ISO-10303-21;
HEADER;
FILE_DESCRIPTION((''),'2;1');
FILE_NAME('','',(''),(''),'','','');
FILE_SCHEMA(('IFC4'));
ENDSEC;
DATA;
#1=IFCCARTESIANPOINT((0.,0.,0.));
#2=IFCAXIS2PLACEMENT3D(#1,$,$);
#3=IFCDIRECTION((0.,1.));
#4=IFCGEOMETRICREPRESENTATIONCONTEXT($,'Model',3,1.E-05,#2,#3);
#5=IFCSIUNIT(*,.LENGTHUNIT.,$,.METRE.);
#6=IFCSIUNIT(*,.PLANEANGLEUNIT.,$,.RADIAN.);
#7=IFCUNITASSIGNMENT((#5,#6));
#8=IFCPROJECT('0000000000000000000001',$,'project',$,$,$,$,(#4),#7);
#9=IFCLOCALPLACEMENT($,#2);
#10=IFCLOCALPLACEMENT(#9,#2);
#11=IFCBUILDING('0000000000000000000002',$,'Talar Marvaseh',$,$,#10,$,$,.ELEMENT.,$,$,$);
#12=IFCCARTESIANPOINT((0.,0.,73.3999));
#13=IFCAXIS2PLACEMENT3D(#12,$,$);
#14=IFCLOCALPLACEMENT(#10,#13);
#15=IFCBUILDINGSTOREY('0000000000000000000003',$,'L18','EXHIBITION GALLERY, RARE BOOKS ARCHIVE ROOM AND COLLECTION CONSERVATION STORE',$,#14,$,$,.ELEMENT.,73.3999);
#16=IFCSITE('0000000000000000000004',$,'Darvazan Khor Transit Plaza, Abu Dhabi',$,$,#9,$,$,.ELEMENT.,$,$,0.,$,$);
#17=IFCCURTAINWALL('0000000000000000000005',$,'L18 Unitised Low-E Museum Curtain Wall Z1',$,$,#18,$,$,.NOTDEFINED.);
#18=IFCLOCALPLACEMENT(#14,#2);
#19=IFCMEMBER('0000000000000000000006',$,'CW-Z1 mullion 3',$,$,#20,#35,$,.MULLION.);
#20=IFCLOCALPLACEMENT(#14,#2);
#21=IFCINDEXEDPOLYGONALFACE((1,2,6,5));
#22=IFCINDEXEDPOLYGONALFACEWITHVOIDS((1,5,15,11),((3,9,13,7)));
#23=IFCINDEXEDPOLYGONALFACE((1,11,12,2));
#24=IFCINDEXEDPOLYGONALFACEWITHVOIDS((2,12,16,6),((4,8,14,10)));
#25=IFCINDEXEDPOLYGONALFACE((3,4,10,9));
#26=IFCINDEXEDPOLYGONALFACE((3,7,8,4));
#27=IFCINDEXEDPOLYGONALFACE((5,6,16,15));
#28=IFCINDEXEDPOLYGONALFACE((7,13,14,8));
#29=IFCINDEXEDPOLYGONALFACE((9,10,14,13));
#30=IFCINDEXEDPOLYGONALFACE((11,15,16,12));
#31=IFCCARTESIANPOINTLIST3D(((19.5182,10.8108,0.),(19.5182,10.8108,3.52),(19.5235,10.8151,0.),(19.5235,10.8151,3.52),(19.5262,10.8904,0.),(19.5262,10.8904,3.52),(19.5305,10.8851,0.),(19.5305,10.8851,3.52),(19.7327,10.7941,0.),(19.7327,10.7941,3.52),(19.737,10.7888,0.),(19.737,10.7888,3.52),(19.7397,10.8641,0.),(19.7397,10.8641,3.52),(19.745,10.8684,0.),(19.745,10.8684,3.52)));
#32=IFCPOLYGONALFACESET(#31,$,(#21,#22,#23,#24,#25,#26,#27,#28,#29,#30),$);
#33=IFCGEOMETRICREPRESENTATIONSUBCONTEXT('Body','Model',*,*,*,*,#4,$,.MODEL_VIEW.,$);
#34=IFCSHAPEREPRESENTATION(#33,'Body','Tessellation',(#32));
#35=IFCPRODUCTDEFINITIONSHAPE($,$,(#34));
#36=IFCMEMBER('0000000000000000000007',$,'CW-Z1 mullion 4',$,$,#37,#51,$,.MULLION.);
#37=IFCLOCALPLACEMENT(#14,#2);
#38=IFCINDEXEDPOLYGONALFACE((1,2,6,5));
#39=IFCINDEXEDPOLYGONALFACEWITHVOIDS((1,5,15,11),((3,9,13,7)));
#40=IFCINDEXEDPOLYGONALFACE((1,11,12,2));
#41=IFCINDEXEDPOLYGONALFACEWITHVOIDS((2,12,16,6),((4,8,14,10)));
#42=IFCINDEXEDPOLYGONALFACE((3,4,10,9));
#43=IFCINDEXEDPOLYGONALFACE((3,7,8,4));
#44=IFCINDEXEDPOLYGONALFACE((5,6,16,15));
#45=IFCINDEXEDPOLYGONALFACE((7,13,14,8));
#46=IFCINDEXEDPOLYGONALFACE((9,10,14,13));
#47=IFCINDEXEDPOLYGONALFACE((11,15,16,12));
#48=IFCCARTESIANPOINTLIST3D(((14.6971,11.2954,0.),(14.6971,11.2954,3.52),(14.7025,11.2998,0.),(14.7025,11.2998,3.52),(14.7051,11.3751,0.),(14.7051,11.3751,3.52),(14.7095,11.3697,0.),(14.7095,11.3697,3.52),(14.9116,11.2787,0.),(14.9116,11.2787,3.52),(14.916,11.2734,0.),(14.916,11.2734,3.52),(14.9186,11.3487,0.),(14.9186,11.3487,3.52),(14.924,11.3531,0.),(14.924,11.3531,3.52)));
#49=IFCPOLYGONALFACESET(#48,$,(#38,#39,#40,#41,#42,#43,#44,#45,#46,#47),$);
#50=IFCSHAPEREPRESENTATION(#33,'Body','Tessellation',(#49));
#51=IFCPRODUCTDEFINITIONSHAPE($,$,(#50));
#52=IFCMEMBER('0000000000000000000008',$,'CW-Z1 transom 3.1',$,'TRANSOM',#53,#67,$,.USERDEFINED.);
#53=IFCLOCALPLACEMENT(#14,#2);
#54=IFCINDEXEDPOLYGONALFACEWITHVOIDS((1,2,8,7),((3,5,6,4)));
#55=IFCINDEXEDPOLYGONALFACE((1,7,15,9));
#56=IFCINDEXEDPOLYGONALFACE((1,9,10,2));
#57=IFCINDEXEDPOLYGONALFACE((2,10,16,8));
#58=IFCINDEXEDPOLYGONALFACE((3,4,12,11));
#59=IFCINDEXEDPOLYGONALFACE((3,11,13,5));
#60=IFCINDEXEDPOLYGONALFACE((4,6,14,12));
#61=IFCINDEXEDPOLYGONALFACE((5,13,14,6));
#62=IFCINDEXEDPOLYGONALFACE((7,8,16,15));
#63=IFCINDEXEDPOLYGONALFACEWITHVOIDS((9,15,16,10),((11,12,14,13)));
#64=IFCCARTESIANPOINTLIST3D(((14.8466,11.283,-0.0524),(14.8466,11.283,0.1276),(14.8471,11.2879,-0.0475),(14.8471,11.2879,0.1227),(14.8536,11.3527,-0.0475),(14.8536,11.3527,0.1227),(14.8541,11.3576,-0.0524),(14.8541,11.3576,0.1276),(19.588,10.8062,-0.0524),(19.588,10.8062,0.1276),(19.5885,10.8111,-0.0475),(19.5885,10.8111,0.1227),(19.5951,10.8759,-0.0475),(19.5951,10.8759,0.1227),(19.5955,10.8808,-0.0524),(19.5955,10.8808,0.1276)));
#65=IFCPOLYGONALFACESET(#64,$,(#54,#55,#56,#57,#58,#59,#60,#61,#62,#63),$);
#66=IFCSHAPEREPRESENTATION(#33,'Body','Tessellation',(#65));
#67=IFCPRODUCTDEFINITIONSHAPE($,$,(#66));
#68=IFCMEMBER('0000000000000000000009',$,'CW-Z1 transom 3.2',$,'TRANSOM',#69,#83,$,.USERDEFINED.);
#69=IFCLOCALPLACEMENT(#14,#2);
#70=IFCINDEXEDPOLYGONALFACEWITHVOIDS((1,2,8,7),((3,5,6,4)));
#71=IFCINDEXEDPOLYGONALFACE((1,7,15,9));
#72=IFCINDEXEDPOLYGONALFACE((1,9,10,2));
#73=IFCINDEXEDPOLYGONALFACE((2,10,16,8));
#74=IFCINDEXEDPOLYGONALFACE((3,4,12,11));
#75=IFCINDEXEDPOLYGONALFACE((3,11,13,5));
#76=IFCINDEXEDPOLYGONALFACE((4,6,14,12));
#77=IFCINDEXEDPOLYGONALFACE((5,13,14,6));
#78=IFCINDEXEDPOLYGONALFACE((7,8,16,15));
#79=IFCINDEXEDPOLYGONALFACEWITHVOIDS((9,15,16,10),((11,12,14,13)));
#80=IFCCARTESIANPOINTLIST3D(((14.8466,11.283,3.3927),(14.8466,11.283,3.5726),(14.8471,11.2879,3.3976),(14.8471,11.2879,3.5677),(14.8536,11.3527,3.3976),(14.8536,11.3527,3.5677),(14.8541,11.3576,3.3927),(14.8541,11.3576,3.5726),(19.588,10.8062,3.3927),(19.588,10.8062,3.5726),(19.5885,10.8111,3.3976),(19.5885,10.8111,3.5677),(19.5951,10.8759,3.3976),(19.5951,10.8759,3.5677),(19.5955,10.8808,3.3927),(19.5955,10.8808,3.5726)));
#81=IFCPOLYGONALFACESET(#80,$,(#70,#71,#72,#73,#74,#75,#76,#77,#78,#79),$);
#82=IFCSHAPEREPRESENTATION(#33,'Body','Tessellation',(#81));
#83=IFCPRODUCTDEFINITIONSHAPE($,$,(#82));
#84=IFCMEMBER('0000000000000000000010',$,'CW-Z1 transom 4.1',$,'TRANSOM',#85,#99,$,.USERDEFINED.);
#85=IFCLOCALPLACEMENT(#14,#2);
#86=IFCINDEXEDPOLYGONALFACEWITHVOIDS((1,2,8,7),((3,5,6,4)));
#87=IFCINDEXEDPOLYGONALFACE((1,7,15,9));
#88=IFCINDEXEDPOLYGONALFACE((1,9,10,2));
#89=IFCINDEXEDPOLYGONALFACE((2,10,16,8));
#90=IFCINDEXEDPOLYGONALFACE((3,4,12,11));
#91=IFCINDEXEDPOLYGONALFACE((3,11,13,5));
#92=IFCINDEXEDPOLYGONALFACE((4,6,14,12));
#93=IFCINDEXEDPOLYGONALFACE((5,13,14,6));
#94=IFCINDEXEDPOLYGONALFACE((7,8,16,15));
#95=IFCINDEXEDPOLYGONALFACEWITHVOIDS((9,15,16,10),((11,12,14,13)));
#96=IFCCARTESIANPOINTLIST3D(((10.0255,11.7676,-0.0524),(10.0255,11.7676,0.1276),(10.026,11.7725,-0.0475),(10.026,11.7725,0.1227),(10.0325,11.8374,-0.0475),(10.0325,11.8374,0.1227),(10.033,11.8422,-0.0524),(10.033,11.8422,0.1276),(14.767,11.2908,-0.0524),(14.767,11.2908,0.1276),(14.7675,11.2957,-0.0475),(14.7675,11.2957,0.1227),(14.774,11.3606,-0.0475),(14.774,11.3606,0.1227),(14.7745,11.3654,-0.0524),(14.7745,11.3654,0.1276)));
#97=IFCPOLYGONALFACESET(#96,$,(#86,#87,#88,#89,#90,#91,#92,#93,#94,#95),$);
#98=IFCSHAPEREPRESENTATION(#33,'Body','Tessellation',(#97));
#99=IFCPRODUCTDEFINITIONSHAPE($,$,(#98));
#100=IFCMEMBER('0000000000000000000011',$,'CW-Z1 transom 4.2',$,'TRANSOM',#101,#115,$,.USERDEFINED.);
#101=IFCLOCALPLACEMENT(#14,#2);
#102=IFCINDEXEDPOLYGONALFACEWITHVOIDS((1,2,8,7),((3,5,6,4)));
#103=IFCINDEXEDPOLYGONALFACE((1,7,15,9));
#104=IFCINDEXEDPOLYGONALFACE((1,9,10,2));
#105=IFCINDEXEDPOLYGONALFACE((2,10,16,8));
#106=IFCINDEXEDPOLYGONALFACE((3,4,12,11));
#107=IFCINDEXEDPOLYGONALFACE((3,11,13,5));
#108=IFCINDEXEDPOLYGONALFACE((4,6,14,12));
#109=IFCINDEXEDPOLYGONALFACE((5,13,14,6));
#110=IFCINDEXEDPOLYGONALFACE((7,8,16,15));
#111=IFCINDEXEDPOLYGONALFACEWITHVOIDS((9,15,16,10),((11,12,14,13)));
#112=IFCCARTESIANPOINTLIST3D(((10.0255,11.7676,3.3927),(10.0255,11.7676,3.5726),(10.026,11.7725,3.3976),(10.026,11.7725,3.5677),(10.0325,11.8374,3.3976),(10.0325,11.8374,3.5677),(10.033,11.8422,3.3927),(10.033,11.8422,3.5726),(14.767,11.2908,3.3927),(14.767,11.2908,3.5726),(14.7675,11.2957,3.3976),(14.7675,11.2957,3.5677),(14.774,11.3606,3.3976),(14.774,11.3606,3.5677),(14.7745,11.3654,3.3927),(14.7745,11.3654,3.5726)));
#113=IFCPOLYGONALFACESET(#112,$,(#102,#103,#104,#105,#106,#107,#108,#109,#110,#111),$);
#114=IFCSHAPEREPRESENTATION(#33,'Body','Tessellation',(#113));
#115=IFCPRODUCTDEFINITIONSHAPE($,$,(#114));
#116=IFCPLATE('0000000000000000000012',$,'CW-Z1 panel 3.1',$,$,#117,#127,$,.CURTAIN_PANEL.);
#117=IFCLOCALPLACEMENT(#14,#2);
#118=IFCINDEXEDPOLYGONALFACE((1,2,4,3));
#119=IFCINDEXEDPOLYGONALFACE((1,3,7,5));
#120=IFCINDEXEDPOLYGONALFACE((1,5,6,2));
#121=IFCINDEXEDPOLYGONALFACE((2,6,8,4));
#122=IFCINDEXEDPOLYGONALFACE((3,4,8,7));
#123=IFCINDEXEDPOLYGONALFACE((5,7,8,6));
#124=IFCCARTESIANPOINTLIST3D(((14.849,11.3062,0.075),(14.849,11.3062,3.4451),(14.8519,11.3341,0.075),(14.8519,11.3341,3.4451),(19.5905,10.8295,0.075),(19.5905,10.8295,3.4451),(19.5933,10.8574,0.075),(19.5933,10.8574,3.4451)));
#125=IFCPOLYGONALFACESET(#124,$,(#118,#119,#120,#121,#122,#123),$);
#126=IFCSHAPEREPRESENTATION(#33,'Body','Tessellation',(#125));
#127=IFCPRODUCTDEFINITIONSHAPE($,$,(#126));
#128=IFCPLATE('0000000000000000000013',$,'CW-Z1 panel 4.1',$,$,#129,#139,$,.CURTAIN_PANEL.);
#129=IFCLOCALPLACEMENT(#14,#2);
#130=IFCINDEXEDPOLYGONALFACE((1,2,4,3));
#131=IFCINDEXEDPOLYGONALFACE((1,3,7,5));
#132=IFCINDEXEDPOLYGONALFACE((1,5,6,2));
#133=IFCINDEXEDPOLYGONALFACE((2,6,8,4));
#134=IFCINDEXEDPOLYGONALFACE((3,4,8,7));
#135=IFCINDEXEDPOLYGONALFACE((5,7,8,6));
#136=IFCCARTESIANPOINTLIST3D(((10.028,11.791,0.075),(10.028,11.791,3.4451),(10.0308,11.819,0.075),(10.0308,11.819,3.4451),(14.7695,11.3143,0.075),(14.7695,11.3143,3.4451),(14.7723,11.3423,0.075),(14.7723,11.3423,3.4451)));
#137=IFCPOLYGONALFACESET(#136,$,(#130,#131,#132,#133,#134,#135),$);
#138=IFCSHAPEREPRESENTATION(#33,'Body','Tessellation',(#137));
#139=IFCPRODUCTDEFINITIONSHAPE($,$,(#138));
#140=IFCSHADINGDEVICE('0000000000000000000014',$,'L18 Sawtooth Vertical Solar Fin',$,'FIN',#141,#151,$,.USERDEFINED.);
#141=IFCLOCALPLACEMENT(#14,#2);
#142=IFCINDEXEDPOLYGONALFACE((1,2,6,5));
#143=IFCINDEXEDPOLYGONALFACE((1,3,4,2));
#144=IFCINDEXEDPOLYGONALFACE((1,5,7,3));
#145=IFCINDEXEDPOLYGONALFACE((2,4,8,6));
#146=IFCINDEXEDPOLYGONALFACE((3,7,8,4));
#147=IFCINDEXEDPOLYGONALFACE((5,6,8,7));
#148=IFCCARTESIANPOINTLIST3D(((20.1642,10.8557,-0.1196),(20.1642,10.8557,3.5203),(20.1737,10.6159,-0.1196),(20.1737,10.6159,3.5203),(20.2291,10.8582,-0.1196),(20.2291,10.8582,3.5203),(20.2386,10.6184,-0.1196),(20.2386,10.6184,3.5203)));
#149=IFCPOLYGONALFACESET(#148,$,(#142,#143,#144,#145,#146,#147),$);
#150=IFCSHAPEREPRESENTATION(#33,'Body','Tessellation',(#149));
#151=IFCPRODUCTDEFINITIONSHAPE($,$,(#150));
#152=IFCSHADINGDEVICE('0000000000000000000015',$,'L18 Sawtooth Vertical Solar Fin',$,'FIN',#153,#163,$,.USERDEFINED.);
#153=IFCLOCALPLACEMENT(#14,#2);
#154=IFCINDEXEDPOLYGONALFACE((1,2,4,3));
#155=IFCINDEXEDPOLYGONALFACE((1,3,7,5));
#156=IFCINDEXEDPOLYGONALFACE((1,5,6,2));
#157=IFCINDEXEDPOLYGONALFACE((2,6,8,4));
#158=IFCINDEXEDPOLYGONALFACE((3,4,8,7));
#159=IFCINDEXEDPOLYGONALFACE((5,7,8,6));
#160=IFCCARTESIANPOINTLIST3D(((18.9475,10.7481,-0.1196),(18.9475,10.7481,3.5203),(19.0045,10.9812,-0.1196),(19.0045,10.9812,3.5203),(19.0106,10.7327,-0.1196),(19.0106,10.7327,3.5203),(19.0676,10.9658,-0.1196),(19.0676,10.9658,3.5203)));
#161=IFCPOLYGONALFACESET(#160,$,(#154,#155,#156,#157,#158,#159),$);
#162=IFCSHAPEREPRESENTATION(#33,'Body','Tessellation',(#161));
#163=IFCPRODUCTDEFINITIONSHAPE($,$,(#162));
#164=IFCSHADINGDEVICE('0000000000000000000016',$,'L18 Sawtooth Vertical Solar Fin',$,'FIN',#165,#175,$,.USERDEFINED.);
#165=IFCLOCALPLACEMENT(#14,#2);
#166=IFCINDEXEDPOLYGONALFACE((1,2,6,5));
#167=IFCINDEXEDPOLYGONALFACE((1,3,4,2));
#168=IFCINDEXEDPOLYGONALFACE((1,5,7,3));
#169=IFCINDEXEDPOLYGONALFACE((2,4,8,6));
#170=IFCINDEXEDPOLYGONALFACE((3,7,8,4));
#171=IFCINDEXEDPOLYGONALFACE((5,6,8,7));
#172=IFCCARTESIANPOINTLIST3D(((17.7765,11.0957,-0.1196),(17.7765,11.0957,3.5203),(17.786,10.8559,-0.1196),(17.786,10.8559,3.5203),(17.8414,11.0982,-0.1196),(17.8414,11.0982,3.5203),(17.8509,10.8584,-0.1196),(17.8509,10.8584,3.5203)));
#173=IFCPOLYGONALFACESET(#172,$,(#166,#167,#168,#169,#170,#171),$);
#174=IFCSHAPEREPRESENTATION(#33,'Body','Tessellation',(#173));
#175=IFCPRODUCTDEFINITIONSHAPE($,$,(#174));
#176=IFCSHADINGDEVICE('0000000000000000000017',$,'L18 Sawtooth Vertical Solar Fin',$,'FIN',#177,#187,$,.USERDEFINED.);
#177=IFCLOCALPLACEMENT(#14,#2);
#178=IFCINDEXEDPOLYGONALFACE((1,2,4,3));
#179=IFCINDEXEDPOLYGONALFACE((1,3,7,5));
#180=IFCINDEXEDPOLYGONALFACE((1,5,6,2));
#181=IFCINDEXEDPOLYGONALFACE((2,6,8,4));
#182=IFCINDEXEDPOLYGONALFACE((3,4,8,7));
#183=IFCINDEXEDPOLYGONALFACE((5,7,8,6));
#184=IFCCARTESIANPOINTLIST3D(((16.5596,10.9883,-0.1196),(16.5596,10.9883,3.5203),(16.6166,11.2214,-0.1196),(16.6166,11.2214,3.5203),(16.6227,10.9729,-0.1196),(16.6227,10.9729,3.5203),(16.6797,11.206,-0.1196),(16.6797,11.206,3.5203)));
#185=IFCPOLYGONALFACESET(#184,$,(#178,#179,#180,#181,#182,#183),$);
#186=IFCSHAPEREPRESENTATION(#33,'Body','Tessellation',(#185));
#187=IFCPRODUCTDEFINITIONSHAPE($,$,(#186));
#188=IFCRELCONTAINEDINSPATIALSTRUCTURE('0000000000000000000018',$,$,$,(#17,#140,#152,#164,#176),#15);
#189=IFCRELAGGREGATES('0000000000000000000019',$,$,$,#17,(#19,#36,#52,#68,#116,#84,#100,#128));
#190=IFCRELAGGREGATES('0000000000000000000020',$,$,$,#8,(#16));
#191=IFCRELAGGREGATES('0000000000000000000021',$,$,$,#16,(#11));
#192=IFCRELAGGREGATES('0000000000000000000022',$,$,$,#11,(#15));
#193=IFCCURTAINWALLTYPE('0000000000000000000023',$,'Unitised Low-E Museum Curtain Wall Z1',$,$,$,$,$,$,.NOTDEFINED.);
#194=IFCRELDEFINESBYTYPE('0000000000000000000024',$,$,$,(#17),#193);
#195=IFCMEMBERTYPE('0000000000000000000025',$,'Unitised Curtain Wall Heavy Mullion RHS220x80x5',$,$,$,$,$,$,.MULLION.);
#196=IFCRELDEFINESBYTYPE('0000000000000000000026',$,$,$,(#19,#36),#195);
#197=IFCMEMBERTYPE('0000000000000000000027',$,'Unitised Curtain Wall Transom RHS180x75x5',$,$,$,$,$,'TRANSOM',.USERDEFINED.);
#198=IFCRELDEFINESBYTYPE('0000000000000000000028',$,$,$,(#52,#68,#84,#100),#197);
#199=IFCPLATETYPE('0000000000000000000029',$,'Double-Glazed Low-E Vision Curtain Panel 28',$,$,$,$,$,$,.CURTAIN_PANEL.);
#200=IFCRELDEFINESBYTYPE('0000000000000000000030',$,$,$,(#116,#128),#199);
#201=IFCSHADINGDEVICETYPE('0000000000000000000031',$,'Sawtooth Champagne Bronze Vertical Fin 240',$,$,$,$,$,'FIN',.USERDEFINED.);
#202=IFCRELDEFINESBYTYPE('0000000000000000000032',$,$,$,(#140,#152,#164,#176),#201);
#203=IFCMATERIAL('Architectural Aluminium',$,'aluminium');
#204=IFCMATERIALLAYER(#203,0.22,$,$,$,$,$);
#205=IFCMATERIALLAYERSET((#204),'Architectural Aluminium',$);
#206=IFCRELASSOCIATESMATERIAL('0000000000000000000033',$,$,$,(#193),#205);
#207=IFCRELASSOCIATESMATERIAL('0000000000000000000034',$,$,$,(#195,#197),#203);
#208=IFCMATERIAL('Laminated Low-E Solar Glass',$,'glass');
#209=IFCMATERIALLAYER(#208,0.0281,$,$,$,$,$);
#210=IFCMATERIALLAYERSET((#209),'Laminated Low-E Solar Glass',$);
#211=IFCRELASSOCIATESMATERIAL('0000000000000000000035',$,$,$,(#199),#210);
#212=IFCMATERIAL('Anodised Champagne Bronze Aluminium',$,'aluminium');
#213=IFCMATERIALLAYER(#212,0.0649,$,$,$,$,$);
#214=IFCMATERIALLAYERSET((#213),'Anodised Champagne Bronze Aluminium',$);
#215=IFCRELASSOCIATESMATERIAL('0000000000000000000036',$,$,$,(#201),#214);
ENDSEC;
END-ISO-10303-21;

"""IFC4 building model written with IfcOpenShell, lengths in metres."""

from ifc_helpers import new_model, si_unit, direction, frame, origin, origin_2d, place, context, subcontext, project, spatial, rectangle, hollow_rectangle, extrude, source, transform, mapped, material, layer, layer_set, material_profile, profile_set, type_object, type_shapes, element, aggregate, save


model = new_model("IFC4")

# Units and contexts
model_context = context("Model", 3, precision=1e-05, world=origin(), true_north=direction((0.0, 1.0)))
body_context = subcontext(model_context, "Body", "Model", "MODEL_VIEW")
ifc_project = project(units=[si_unit("LENGTHUNIT", "METRE"), si_unit("PLANEANGLEUNIT", "RADIAN")], contexts=[model_context])

# Site, building, storey
site_placement = place(None, origin())
site = spatial("IfcSite", under=ifc_project, at=site_placement, Name="Darvazan Khor Transit Plaza, Abu Dhabi", CompositionType="ELEMENT", RefElevation=0.0)
building_placement = place(site_placement, origin())
building = spatial("IfcBuilding", under=site, at=building_placement, Name="Talar Marvaseh", CompositionType="ELEMENT")
storey_placement = place(building_placement, frame((0.0, 0.0, 73.3999)))
storey = spatial("IfcBuildingStorey", under=building, at=storey_placement, Name="L18", Description="EXHIBITION GALLERY, RARE BOOKS ARCHIVE ROOM AND COLLECTION CONSERVATION STORE", CompositionType="ELEMENT", Elevation=73.3999)

# Curtain wall, members, plates
ifc_material_1 = material(Name="Architectural Aluminium", Category="aluminium")
ifc_layer_1 = layer(ifc_material_1, 0.22)
ifc_layer_set_1 = layer_set([ifc_layer_1], Name="Architectural Aluminium")
curtain_wall_type = type_object("IfcCurtainWallType", Name="Unitised Low-E Museum Curtain Wall Z1", PredefinedType="NOTDEFINED", material=ifc_layer_set_1)
curtain_wall_placement = place(storey_placement, origin())
curtain_wall = element("IfcCurtainWall", 1, at=curtain_wall_placement, inside=storey, type_object=curtain_wall_type, Name="L18 Unitised Low-E Museum Curtain Wall Z1", PredefinedType="NOTDEFINED")
ifc_material_profile_1 = material_profile(ifc_material_1, hollow_rectangle(XDim=0.0801, YDim=0.22, WallThickness=0.0049, at=origin_2d()), Name="RHS220x80x5")
ifc_profile_set_1 = profile_set([ifc_material_profile_1], Name="Architectural Aluminium")
member_type_1 = type_object("IfcMemberType", Name="Unitised Curtain Wall Heavy Mullion RHS220x80x5", PredefinedType="MULLION", material=ifc_profile_set_1)
shared_shape_1 = source(origin(), body_context, "Body", "SweptSolid", [
    extrude(hollow_rectangle(XDim=0.0801, YDim=0.22, WallThickness=0.0049, at=origin_2d()), origin(), (0.0, 0.0, 1.0), 3.52),
])
type_shapes(member_type_1, [shared_shape_1])
member_1_placement = place(storey_placement, frame((19.6316, 10.8396, 0.0), z_axis=(0.0, 0.0, 1.0), x_axis=(-0.100034, -0.994984, 0.0)))
member_1 = element("IfcMember", 2, at=member_1_placement, type_object=member_type_1, Name="CW-Z1 mullion 3", PredefinedType="MULLION", context=body_context, shape_type="MappedRepresentation", body=[
    mapped(shared_shape_1, transform((0.0, 0.0, 0.0), x_axis=(1.0, 0.0, 0.0), y_axis=(0.0, 1.0, 0.0), z_axis=(0.0, 0.0, 1.0), scale=1.0)),
])
member_2_placement = place(storey_placement, frame((14.8105, 11.3242, 0.0), z_axis=(0.0, 0.0, 1.0), x_axis=(-0.100034, -0.994984, 0.0)))
member_2 = element("IfcMember", 3, at=member_2_placement, type_object=member_type_1, Name="CW-Z1 mullion 4", PredefinedType="MULLION", context=body_context, shape_type="MappedRepresentation", body=[
    mapped(shared_shape_1, transform((0.0, 0.0, 0.0), x_axis=(1.0, 0.0, 0.0), y_axis=(0.0, 1.0, 0.0), z_axis=(0.0, 0.0, 1.0), scale=1.0)),
])
ifc_material_profile_2 = material_profile(ifc_material_1, hollow_rectangle(XDim=0.075, YDim=0.1799, WallThickness=0.0049, at=origin_2d()), Name="RHS180x75x5")
ifc_profile_set_2 = profile_set([ifc_material_profile_2], Name="Architectural Aluminium")
member_type_2 = type_object("IfcMemberType", Name="Unitised Curtain Wall Transom RHS180x75x5", ElementType="TRANSOM", PredefinedType="USERDEFINED", material=ifc_profile_set_2)
shared_shape_2 = source(origin(), body_context, "Body", "SweptSolid", [
    extrude(hollow_rectangle(XDim=0.075, YDim=0.1799, WallThickness=0.0049, at=origin_2d()), origin(), (0.0, 0.0, 1.0), 4.7654),
])
type_shapes(member_type_2, [shared_shape_2])
member_3_placement = place(storey_placement, frame((19.5918, 10.8435, 0.0376), z_axis=(-0.994982, 0.100057, 0.0), x_axis=(-0.100057, -0.994982, 0.0)))
member_3 = element("IfcMember", 4, at=member_3_placement, type_object=member_type_2, Name="CW-Z1 transom 3.1", ObjectType="TRANSOM", PredefinedType="USERDEFINED", context=body_context, shape_type="MappedRepresentation", body=[
    mapped(shared_shape_2, transform((0.0, 0.0, 0.0), x_axis=(1.0, 0.0, 0.0), y_axis=(0.0, 1.0, 0.0), z_axis=(0.0, 0.0, 1.0), scale=1.0)),
])
member_4_placement = place(storey_placement, frame((19.5918, 10.8435, 3.4827), z_axis=(-0.994982, 0.100057, 0.0), x_axis=(-0.100057, -0.994982, 0.0)))
member_4 = element("IfcMember", 5, at=member_4_placement, type_object=member_type_2, Name="CW-Z1 transom 3.2", ObjectType="TRANSOM", PredefinedType="USERDEFINED", context=body_context, shape_type="MappedRepresentation", body=[
    mapped(shared_shape_2, transform((0.0, 0.0, 0.0), x_axis=(1.0, 0.0, 0.0), y_axis=(0.0, 1.0, 0.0), z_axis=(0.0, 0.0, 1.0), scale=1.0)),
])
member_5_placement = place(storey_placement, frame((14.7708, 11.3281, 0.0376), z_axis=(-0.994982, 0.100057, 0.0), x_axis=(-0.100057, -0.994982, 0.0)))
member_5 = element("IfcMember", 6, at=member_5_placement, type_object=member_type_2, Name="CW-Z1 transom 4.1", ObjectType="TRANSOM", PredefinedType="USERDEFINED", context=body_context, shape_type="MappedRepresentation", body=[
    mapped(shared_shape_2, transform((0.0, 0.0, 0.0), x_axis=(1.0, 0.0, 0.0), y_axis=(0.0, 1.0, 0.0), z_axis=(0.0, 0.0, 1.0), scale=1.0)),
])
member_6_placement = place(storey_placement, frame((14.7708, 11.3281, 3.4827), z_axis=(-0.994982, 0.100057, 0.0), x_axis=(-0.100057, -0.994982, 0.0)))
member_6 = element("IfcMember", 7, at=member_6_placement, type_object=member_type_2, Name="CW-Z1 transom 4.2", ObjectType="TRANSOM", PredefinedType="USERDEFINED", context=body_context, shape_type="MappedRepresentation", body=[
    mapped(shared_shape_2, transform((0.0, 0.0, 0.0), x_axis=(1.0, 0.0, 0.0), y_axis=(0.0, 1.0, 0.0), z_axis=(0.0, 0.0, 1.0), scale=1.0)),
])
ifc_material_2 = material(Name="Laminated Low-E Solar Glass", Category="glass")
ifc_layer_2 = layer(ifc_material_2, 0.0281)
ifc_layer_set_2 = layer_set([ifc_layer_2], Name="Laminated Low-E Solar Glass")
plate_type = type_object("IfcPlateType", Name="Double-Glazed Low-E Vision Curtain Panel 28", PredefinedType="CURTAIN_PANEL", material=ifc_layer_set_2)
shared_shape_3 = source(origin(), body_context, "Body", "SweptSolid", [
    extrude(rectangle(XDim=4.7654, YDim=0.0281, at=origin_2d()), origin(), (0.0, 0.0, 1.0), 3.3701),
])
type_shapes(plate_type, [shared_shape_3])
plate_1_placement = place(storey_placement, frame((17.2212, 11.0818, 0.075), z_axis=(0.0, 0.0, 1.0), x_axis=(-0.994984, 0.100034, 0.0)))
plate_1 = element("IfcPlate", 8, at=plate_1_placement, type_object=plate_type, Name="CW-Z1 panel 3.1", PredefinedType="CURTAIN_PANEL", context=body_context, shape_type="MappedRepresentation", body=[
    mapped(shared_shape_3, transform((0.0, 0.0, 0.0), x_axis=(1.0, 0.0, 0.0), y_axis=(0.0, 1.0, 0.0), z_axis=(0.0, 0.0, 1.0), scale=1.0)),
])
plate_2_placement = place(storey_placement, frame((12.4001, 11.5667, 0.075), z_axis=(0.0, 0.0, 1.0), x_axis=(-0.994984, 0.100034, 0.0)))
plate_2 = element("IfcPlate", 9, at=plate_2_placement, type_object=plate_type, Name="CW-Z1 panel 4.1", PredefinedType="CURTAIN_PANEL", context=body_context, shape_type="MappedRepresentation", body=[
    mapped(shared_shape_3, transform((0.0, 0.0, 0.0), x_axis=(1.0, 0.0, 0.0), y_axis=(0.0, 1.0, 0.0), z_axis=(0.0, 0.0, 1.0), scale=1.0)),
])
aggregate(curtain_wall, [member_1, member_2, member_3, member_4, plate_1, member_5, member_6, plate_2])

# Shading devices
ifc_material_3 = material(Name="Anodised Champagne Bronze Aluminium", Category="aluminium")
ifc_layer_3 = layer(ifc_material_3, 0.0649)
ifc_layer_set_3 = layer_set([ifc_layer_3], Name="Anodised Champagne Bronze Aluminium")
shading_device_type = type_object("IfcShadingDeviceType", Name="Sawtooth Champagne Bronze Vertical Fin 240", ElementType="FIN", PredefinedType="USERDEFINED", material=ifc_layer_set_3)
shared_shape_4 = source(origin(), body_context, "Body", "SweptSolid", [
    extrude(rectangle(XDim=0.24, YDim=0.0649, at=origin_2d()), origin(), (0.0, 0.0, 1.0), 3.6399),
])
type_shapes(shading_device_type, [shared_shape_4])
for number, where, z_axis, x_axis, name in (
    (10, (20.2014, 10.7371, -0.1196), (0.0, 0.0, 1.0), (0.039434, -0.999222, 0.0), "L18 Sawtooth Vertical Solar Fin"),
    (11, (19.0076, 10.8569, -0.1196), (0.0, 0.0, 1.0), (-0.237516, -0.971384, 0.0), "L18 Sawtooth Vertical Solar Fin"),
    (12, (17.8137, 10.9771, -0.1196), (0.0, 0.0, 1.0), (0.039434, -0.999222, 0.0), "L18 Sawtooth Vertical Solar Fin"),
    (13, (16.6196, 11.0972, -0.1196), (0.0, 0.0, 1.0), (-0.237516, -0.971384, 0.0), "L18 Sawtooth Vertical Solar Fin"),
):
    element("IfcShadingDevice", number, at=place(storey_placement, frame(where, z_axis=z_axis, x_axis=x_axis)), inside=storey, type_object=shading_device_type, Name=name, ObjectType="FIN", PredefinedType="USERDEFINED", context=body_context, shape_type="MappedRepresentation", body=[
        mapped(shared_shape_4, transform((0.0, 0.0, 0.0), x_axis=(1.0, 0.0, 0.0), y_axis=(0.0, 1.0, 0.0), z_axis=(0.0, 0.0, 1.0), scale=1.0)),
    ])

save(model, "model.ifc")
